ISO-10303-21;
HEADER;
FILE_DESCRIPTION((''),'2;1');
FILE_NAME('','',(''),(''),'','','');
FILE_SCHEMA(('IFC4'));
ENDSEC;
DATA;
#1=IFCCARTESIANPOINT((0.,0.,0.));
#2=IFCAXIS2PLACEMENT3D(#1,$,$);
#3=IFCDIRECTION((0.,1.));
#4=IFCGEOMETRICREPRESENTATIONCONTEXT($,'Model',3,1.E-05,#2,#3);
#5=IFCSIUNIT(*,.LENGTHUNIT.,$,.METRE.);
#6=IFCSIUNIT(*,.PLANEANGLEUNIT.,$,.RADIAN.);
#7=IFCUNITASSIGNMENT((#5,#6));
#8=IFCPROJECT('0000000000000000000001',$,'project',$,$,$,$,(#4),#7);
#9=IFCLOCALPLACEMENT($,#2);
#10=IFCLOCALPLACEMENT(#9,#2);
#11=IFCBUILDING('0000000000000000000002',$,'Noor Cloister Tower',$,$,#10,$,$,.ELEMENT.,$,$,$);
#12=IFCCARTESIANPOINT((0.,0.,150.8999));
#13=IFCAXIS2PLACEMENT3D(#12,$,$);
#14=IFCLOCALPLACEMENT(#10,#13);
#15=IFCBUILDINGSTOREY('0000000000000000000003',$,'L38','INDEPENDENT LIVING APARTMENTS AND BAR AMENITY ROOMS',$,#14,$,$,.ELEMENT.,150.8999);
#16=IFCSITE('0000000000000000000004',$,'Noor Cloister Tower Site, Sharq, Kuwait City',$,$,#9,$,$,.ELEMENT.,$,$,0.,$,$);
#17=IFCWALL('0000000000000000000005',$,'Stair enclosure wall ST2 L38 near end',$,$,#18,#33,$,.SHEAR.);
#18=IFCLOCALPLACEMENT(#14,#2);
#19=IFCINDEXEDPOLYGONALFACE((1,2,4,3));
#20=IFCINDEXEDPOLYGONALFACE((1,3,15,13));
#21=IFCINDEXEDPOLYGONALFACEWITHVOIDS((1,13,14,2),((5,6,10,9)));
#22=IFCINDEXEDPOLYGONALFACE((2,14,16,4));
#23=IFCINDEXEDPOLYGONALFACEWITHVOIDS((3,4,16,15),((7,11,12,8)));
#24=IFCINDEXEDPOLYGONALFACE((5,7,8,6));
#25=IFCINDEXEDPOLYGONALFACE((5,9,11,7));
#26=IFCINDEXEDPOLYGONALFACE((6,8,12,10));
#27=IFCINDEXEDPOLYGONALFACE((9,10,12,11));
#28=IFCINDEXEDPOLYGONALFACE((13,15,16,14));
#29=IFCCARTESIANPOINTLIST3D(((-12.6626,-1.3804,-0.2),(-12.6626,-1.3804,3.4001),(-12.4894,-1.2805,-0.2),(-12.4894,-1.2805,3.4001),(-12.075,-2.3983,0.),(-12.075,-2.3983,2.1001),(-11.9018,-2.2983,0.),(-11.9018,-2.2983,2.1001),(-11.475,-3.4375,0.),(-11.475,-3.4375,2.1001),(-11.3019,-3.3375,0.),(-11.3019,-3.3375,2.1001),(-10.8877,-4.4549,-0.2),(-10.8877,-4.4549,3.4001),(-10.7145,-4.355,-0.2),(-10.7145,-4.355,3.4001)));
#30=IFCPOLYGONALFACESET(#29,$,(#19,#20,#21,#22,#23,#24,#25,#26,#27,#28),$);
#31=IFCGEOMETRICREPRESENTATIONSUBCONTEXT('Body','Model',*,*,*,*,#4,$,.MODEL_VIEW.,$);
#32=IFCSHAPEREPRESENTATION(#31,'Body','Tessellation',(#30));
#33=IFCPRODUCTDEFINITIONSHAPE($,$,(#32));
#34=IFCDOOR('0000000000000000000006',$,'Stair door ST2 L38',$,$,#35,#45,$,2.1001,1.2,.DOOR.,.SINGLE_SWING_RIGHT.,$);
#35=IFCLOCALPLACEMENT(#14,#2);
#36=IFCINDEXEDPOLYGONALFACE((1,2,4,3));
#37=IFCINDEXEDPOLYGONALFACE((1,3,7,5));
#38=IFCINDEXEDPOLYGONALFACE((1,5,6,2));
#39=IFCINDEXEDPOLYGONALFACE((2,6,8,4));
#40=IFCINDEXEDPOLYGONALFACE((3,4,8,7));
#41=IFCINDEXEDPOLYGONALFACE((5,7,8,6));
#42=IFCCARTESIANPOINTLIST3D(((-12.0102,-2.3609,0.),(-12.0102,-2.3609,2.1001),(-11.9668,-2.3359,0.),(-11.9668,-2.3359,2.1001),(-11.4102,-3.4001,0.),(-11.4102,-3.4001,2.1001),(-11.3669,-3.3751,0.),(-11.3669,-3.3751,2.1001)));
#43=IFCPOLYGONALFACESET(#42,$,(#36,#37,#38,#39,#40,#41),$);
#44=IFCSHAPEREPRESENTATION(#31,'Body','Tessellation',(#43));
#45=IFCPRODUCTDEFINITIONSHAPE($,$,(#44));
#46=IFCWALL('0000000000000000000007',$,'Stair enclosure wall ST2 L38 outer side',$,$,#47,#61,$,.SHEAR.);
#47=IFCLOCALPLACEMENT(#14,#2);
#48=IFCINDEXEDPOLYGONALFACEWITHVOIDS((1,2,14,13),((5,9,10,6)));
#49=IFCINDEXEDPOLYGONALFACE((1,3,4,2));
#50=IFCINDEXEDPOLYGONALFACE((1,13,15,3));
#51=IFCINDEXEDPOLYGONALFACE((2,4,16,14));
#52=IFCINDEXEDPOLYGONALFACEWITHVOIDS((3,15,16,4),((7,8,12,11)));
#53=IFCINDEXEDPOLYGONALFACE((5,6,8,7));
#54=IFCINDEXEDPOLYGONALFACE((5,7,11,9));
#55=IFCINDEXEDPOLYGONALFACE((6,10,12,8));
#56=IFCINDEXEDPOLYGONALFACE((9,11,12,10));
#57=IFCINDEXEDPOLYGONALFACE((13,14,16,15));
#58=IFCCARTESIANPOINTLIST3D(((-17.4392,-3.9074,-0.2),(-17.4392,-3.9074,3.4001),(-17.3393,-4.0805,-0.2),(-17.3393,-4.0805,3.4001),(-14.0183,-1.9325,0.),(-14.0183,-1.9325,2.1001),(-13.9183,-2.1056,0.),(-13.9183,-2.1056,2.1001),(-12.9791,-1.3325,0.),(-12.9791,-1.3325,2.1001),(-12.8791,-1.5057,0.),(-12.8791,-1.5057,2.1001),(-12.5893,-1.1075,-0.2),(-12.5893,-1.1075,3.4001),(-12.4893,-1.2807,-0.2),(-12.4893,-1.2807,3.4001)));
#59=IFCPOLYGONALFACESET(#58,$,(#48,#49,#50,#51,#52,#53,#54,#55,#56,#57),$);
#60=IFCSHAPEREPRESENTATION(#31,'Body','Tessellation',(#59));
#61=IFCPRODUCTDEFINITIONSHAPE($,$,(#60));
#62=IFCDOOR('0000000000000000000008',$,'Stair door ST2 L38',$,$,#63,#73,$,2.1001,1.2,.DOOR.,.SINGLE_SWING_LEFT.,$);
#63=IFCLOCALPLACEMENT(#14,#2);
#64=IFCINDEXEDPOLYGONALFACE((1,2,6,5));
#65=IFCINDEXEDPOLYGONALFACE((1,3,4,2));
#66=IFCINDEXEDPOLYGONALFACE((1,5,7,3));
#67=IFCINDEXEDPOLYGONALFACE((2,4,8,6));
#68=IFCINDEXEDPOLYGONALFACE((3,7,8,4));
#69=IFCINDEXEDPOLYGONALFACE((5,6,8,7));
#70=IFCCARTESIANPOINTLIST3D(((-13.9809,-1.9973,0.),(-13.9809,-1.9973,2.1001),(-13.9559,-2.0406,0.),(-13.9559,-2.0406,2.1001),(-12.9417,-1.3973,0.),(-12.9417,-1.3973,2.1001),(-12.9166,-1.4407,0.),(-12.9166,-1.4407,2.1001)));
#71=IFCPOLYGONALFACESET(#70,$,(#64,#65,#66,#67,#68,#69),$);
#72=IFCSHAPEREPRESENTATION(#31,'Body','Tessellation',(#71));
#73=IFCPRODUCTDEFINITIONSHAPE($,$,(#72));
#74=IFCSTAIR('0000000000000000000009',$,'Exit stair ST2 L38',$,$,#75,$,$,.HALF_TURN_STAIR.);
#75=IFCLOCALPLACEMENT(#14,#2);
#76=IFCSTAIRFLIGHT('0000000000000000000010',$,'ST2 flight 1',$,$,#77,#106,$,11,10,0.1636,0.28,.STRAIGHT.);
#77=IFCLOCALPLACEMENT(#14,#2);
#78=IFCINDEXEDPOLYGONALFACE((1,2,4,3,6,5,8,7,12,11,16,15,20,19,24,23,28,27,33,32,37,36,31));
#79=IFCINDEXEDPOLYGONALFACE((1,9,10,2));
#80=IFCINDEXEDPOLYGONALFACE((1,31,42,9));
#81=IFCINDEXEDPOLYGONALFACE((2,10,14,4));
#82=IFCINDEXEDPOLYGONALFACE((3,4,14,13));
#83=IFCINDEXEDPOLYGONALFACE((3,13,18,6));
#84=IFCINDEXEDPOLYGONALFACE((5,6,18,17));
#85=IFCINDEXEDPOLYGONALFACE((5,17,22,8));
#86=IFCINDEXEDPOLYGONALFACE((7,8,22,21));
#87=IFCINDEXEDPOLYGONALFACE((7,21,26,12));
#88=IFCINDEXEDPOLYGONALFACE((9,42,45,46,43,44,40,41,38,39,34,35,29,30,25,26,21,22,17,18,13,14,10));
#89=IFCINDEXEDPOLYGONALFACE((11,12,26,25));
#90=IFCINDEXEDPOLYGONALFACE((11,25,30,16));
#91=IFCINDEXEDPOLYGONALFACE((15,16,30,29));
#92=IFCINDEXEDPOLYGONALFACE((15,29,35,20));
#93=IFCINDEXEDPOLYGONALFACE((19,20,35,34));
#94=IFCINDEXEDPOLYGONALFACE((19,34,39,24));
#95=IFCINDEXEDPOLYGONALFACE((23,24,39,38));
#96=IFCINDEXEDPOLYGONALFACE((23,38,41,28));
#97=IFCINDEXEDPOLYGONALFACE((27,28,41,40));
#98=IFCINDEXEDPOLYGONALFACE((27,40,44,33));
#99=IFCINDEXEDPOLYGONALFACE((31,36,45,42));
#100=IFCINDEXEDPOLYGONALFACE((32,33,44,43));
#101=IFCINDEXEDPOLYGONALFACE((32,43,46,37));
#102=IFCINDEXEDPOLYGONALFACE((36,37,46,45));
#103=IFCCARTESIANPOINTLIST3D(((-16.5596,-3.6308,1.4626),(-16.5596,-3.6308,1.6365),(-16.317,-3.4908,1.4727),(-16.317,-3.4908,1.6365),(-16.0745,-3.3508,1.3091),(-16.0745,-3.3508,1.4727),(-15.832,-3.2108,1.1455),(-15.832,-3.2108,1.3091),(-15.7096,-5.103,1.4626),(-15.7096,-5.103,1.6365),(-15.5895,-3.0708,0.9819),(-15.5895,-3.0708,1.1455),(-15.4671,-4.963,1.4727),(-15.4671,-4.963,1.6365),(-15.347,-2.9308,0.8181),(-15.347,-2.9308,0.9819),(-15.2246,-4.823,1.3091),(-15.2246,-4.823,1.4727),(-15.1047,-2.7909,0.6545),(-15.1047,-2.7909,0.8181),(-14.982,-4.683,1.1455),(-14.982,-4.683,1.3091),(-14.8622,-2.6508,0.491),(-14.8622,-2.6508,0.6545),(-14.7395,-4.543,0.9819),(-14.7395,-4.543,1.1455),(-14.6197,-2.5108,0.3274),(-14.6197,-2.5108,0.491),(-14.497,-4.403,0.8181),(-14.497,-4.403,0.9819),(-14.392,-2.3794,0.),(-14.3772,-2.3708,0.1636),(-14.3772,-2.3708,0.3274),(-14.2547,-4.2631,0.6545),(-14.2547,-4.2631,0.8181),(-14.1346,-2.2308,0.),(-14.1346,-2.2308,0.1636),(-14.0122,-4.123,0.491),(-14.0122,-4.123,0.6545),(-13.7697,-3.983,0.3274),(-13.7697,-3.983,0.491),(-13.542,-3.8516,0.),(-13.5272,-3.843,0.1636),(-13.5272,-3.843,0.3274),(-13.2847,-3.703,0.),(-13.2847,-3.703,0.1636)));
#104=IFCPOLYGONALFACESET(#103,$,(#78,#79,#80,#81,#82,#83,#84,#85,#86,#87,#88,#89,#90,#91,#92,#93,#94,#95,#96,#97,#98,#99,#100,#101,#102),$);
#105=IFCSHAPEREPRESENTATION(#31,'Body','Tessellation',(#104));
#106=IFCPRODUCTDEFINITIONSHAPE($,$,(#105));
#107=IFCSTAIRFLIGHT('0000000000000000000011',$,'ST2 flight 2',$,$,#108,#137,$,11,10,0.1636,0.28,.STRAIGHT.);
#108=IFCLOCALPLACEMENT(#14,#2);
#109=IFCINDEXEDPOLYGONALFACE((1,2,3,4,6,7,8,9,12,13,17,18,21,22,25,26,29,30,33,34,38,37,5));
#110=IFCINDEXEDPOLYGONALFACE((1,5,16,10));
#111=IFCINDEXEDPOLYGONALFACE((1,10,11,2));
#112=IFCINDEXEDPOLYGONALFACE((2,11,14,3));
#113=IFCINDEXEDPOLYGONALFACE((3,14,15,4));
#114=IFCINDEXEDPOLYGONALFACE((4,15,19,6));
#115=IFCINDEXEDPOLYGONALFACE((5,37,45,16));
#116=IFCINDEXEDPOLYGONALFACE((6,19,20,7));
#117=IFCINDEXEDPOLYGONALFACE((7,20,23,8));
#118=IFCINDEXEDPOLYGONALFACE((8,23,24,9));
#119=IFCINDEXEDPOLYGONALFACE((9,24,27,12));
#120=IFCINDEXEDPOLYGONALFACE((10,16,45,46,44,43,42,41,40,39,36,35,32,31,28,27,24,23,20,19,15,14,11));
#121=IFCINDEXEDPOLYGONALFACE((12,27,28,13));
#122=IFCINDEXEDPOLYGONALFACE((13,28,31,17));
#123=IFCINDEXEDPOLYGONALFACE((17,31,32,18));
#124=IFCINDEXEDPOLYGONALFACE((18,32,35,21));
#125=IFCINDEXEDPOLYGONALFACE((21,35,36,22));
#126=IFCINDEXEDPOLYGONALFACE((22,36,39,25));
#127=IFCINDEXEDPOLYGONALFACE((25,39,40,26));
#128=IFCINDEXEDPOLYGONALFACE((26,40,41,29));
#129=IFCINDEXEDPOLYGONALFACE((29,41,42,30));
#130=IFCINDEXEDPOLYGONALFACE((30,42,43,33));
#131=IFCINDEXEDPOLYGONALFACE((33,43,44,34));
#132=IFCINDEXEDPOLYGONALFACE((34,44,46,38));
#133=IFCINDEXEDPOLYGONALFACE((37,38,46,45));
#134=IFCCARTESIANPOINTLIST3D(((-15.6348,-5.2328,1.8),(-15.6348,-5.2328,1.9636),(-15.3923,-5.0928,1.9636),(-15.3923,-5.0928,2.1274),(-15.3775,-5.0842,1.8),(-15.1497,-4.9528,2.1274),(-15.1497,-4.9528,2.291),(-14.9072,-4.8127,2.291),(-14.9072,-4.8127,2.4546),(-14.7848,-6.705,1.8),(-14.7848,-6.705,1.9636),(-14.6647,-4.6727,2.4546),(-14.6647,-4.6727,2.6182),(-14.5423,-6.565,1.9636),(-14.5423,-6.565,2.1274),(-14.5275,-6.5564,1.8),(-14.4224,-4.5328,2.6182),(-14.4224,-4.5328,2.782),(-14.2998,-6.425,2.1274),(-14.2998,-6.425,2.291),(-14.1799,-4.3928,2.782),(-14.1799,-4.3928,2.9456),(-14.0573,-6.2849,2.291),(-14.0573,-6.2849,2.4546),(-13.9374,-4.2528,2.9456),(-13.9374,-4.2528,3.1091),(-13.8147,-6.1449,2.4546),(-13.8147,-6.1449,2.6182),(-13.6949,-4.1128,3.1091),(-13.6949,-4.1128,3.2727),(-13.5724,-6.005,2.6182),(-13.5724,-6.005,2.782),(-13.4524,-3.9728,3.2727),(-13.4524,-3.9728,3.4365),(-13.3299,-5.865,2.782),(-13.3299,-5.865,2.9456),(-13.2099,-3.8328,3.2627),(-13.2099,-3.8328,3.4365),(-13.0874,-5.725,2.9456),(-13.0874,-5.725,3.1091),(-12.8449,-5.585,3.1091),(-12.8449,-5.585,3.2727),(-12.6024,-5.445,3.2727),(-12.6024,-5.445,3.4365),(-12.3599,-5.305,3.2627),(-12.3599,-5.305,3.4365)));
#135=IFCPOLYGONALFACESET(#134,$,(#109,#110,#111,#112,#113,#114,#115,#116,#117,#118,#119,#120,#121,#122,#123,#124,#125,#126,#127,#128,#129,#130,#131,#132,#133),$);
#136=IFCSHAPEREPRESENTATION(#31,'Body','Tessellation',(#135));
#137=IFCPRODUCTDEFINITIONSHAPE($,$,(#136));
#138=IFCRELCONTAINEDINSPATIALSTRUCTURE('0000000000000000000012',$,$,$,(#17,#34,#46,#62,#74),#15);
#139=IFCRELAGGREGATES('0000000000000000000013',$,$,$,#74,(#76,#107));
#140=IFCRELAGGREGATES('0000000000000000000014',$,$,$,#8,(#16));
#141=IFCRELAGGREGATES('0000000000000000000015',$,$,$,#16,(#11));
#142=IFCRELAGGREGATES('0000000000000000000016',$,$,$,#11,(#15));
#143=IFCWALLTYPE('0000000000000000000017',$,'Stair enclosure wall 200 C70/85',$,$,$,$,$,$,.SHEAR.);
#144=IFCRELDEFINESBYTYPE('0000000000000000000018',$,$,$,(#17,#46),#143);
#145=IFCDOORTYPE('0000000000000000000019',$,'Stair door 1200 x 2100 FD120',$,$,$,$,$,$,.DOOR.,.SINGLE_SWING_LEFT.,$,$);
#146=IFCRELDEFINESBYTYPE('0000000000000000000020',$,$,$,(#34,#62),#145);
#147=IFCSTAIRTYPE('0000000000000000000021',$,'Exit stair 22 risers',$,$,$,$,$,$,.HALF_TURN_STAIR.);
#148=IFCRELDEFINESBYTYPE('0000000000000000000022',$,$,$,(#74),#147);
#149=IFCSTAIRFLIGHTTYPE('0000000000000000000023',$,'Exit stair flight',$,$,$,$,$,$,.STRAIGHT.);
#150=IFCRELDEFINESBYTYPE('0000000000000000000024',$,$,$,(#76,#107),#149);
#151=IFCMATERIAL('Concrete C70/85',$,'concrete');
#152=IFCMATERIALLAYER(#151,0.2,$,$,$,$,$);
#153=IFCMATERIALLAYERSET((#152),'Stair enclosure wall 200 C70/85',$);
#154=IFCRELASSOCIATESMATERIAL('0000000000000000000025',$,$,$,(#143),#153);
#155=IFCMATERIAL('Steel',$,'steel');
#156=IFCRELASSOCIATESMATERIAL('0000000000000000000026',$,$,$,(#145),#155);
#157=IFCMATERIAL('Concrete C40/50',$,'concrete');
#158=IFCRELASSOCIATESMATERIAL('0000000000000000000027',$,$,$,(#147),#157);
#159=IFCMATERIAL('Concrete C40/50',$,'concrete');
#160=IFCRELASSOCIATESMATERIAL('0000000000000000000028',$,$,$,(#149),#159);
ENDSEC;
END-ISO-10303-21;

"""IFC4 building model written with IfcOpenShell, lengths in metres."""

from ifc_helpers import new_model, si_unit, direction, frame, frame_2d, origin, place, context, subcontext, project, spatial, polyline, rectangle, outline, extrude, material, layer, layer_set, type_object, element, fill, aggregate, save


model = new_model("IFC4")

# Units and contexts
model_context = context("Model", 3, precision=1e-05, world=origin(), true_north=direction((0.0, 1.0)))
body_context = subcontext(model_context, "Body", "Model", "MODEL_VIEW")
ifc_project = project(units=[si_unit("LENGTHUNIT", "METRE"), si_unit("PLANEANGLEUNIT", "RADIAN")], contexts=[model_context])

# Site, building, storey
site_placement = place(None, origin())
site = spatial("IfcSite", under=ifc_project, at=site_placement, Name="Noor Cloister Tower Site, Sharq, Kuwait City", CompositionType="ELEMENT", RefElevation=0.0)
building_placement = place(site_placement, origin())
building = spatial("IfcBuilding", under=site, at=building_placement, Name="Noor Cloister Tower", CompositionType="ELEMENT")
storey_placement = place(building_placement, frame((0.0, 0.0, 150.8999)))
storey = spatial("IfcBuildingStorey", under=building, at=storey_placement, Name="L38", Description="INDEPENDENT LIVING APARTMENTS AND BAR AMENITY ROOMS", CompositionType="ELEMENT", Elevation=150.8999)

# Walls, openings, doors
ifc_material_1 = material(Name="Concrete C70/85", Category="concrete")
ifc_layer_1 = layer(ifc_material_1, 0.2)
ifc_layer_set_1 = layer_set([ifc_layer_1], Name="Stair enclosure wall 200 C70/85")
wall_type_1 = type_object("IfcWallType", Name="Stair enclosure wall 200 C70/85", PredefinedType="SHEAR", material=ifc_layer_set_1)
wall_1_placement = place(storey_placement, frame((-12.5759, -1.3306, -0.2), z_axis=(0.0, 0.0, 1.0), x_axis=(0.49997, -0.866042, 0.0)))
wall_1 = element("IfcWall", 1, at=wall_1_placement, inside=storey, type_object=wall_type_1, Name="Stair enclosure wall ST2 L38 near end", PredefinedType="SHEAR", context=body_context, shape_type="SweptSolid", body=[
    extrude(rectangle(XDim=3.55, YDim=0.2, at=frame_2d((1.7749, 0.0))), origin(), (0.0, 0.0, 1.0), 3.6001),
])
opening_1_placement = place(wall_1_placement, frame((1.175, 0.0, 0.2)))
opening_1 = element("IfcOpeningElement", 2, at=opening_1_placement, cuts=wall_1, PredefinedType="OPENING", context=body_context, shape_type="SweptSolid", body=[
    extrude(rectangle(XDim=1.2, YDim=2.1001, at=frame_2d((0.6001, 1.05))), frame((0.0, 0.1099, 0.0), z_axis=(0.0, -1.0, 0.0), x_axis=(1.0, 0.0, 0.0)), (0.0, 0.0, 1.0), 0.22),
])
ifc_material_2 = material(Name="Steel", Category="steel")
door_type_1 = type_object("IfcDoorType", Name="Stair door 1200 x 2100 FD120", OperationType="SINGLE_SWING_LEFT", PredefinedType="DOOR", material=ifc_material_2)
door_1_placement = place(opening_1_placement, origin())
door_1 = element("IfcDoor", 3, at=door_1_placement, inside=storey, type_object=door_type_1, Name="Stair door ST2 L38", OperationType="SINGLE_SWING_RIGHT", OverallHeight=2.1001, OverallWidth=1.2, PredefinedType="DOOR", context=body_context, shape_type="SweptSolid", body=[
    extrude(rectangle(XDim=1.2, YDim=2.1001, at=frame_2d((0.6001, 1.05))), frame((0.0, 0.0249, 0.0), z_axis=(0.0, -1.0, 0.0), x_axis=(1.0, 0.0, 0.0)), (0.0, 0.0, 1.0), 0.05),
])
fill(opening_1, door_1)
wall_2_placement = place(storey_placement, frame((-12.5393, -1.1941, -0.2), z_axis=(0.0, 0.0, 1.0), x_axis=(-0.866045, -0.499965, 0.0)))
wall_2 = element("IfcWall", 4, at=wall_2_placement, inside=storey, type_object=wall_type_1, Name="Stair enclosure wall ST2 L38 outer side", PredefinedType="SHEAR", context=body_context, shape_type="SweptSolid", body=[
    extrude(rectangle(XDim=5.6001, YDim=0.2, at=frame_2d((2.8, 0.0))), origin(), (0.0, 0.0, 1.0), 3.6001),
])
opening_2_placement = place(wall_2_placement, frame((0.45, 0.0, 0.2)))
opening_2 = element("IfcOpeningElement", 5, at=opening_2_placement, cuts=wall_2, PredefinedType="OPENING", context=body_context, shape_type="SweptSolid", body=[
    extrude(rectangle(XDim=1.2, YDim=2.1001, at=frame_2d((0.6001, 1.05))), frame((0.0, 0.1099, 0.0), z_axis=(0.0, -1.0, 0.0), x_axis=(1.0, 0.0, 0.0)), (0.0, 0.0, 1.0), 0.22),
])
door_2_placement = place(opening_2_placement, origin())
door_2 = element("IfcDoor", 6, at=door_2_placement, inside=storey, type_object=door_type_1, Name="Stair door ST2 L38", OperationType="SINGLE_SWING_LEFT", OverallHeight=2.1001, OverallWidth=1.2, PredefinedType="DOOR", context=body_context, shape_type="SweptSolid", body=[
    extrude(rectangle(XDim=1.2, YDim=2.1001, at=frame_2d((0.6001, 1.05))), frame((0.0, 0.0249, 0.0), z_axis=(0.0, -1.0, 0.0), x_axis=(1.0, 0.0, 0.0)), (0.0, 0.0, 1.0), 0.05),
])
fill(opening_2, door_2)

# Stair, stair flights
ifc_material_3 = material(Name="Concrete C40/50", Category="concrete")
stair_type = type_object("IfcStairType", Name="Exit stair 22 risers", PredefinedType="HALF_TURN_STAIR", material=ifc_material_3)
stair_placement = place(storey_placement, origin())
stair = element("IfcStair", 7, at=stair_placement, inside=storey, type_object=stair_type, Name="Exit stair ST2 L38", PredefinedType="HALF_TURN_STAIR")
ifc_material_4 = material(Name="Concrete C40/50", Category="concrete")
stair_flight_type = type_object("IfcStairFlightType", Name="Exit stair flight", PredefinedType="STRAIGHT", material=ifc_material_4)
stair_flight_1_placement = place(storey_placement, frame((-13.7097, -2.9668, 0.0), z_axis=(0.0, 0.0, 1.0), x_axis=(-0.866025, -0.5, 0.0)))
stair_flight_1 = element("IfcStairFlight", 8, at=stair_flight_1_placement, type_object=stair_flight_type, Name="ST2 flight 1", NumberOfRisers=11, NumberOfTreads=10, PredefinedType="STRAIGHT", RiserHeight=0.1636, TreadLength=0.28, context=body_context, shape_type="SweptSolid", body=[
    extrude(outline(polyline([(0.0, 0.0), (0.0, 0.1636), (0.28, 0.1636), (0.28, 0.3274), (0.5601, 0.3274), (0.5601, 0.491), (0.8401, 0.491), (0.8401, 0.6545), (1.1201, 0.6545), (1.1201, 0.8181), (1.3999, 0.8181), (1.3999, 0.9819), (1.6799, 0.9819), (1.6799, 1.1455), (1.96, 1.1455), (1.96, 1.3091), (2.24, 1.3091), (2.24, 1.4727), (2.52, 1.4727), (2.52, 1.6365), (2.8, 1.6365), (2.8, 1.8), (2.8, 1.4626), (0.2971, 0.0), (0.0, 0.0)])), frame((0.0, 0.8501, 0.0), z_axis=(0.0, -1.0, 0.0), x_axis=(1.0, 0.0, 0.0)), (0.0, 0.0, 1.0), 1.7),
])
stair_flight_2_placement = place(storey_placement, frame((-15.2097, -5.969, 1.8), z_axis=(0.0, 0.0, 1.0), x_axis=(0.866025, 0.5, 0.0)))
stair_flight_2 = element("IfcStairFlight", 9, at=stair_flight_2_placement, type_object=stair_flight_type, Name="ST2 flight 2", NumberOfRisers=11, NumberOfTreads=10, PredefinedType="STRAIGHT", RiserHeight=0.1636, TreadLength=0.28, context=body_context, shape_type="SweptSolid", body=[
    extrude(outline(polyline([(0.0, 0.0), (0.0, 0.1636), (0.28, 0.1636), (0.28, 0.3274), (0.5601, 0.3274), (0.5601, 0.491), (0.8401, 0.491), (0.8401, 0.6545), (1.1201, 0.6545), (1.1201, 0.8181), (1.3999, 0.8181), (1.3999, 0.9819), (1.6799, 0.9819), (1.6799, 1.1455), (1.96, 1.1455), (1.96, 1.3091), (2.24, 1.3091), (2.24, 1.4727), (2.52, 1.4727), (2.52, 1.6365), (2.8, 1.6365), (2.8, 1.8), (2.8, 1.4626), (0.2971, 0.0), (0.0, 0.0)])), frame((0.0, 0.8501, 0.0), z_axis=(0.0, -1.0, 0.0), x_axis=(1.0, 0.0, 0.0)), (0.0, 0.0, 1.0), 1.7),
])
aggregate(stair, [stair_flight_1, stair_flight_2])

save(model, "model.ifc")
